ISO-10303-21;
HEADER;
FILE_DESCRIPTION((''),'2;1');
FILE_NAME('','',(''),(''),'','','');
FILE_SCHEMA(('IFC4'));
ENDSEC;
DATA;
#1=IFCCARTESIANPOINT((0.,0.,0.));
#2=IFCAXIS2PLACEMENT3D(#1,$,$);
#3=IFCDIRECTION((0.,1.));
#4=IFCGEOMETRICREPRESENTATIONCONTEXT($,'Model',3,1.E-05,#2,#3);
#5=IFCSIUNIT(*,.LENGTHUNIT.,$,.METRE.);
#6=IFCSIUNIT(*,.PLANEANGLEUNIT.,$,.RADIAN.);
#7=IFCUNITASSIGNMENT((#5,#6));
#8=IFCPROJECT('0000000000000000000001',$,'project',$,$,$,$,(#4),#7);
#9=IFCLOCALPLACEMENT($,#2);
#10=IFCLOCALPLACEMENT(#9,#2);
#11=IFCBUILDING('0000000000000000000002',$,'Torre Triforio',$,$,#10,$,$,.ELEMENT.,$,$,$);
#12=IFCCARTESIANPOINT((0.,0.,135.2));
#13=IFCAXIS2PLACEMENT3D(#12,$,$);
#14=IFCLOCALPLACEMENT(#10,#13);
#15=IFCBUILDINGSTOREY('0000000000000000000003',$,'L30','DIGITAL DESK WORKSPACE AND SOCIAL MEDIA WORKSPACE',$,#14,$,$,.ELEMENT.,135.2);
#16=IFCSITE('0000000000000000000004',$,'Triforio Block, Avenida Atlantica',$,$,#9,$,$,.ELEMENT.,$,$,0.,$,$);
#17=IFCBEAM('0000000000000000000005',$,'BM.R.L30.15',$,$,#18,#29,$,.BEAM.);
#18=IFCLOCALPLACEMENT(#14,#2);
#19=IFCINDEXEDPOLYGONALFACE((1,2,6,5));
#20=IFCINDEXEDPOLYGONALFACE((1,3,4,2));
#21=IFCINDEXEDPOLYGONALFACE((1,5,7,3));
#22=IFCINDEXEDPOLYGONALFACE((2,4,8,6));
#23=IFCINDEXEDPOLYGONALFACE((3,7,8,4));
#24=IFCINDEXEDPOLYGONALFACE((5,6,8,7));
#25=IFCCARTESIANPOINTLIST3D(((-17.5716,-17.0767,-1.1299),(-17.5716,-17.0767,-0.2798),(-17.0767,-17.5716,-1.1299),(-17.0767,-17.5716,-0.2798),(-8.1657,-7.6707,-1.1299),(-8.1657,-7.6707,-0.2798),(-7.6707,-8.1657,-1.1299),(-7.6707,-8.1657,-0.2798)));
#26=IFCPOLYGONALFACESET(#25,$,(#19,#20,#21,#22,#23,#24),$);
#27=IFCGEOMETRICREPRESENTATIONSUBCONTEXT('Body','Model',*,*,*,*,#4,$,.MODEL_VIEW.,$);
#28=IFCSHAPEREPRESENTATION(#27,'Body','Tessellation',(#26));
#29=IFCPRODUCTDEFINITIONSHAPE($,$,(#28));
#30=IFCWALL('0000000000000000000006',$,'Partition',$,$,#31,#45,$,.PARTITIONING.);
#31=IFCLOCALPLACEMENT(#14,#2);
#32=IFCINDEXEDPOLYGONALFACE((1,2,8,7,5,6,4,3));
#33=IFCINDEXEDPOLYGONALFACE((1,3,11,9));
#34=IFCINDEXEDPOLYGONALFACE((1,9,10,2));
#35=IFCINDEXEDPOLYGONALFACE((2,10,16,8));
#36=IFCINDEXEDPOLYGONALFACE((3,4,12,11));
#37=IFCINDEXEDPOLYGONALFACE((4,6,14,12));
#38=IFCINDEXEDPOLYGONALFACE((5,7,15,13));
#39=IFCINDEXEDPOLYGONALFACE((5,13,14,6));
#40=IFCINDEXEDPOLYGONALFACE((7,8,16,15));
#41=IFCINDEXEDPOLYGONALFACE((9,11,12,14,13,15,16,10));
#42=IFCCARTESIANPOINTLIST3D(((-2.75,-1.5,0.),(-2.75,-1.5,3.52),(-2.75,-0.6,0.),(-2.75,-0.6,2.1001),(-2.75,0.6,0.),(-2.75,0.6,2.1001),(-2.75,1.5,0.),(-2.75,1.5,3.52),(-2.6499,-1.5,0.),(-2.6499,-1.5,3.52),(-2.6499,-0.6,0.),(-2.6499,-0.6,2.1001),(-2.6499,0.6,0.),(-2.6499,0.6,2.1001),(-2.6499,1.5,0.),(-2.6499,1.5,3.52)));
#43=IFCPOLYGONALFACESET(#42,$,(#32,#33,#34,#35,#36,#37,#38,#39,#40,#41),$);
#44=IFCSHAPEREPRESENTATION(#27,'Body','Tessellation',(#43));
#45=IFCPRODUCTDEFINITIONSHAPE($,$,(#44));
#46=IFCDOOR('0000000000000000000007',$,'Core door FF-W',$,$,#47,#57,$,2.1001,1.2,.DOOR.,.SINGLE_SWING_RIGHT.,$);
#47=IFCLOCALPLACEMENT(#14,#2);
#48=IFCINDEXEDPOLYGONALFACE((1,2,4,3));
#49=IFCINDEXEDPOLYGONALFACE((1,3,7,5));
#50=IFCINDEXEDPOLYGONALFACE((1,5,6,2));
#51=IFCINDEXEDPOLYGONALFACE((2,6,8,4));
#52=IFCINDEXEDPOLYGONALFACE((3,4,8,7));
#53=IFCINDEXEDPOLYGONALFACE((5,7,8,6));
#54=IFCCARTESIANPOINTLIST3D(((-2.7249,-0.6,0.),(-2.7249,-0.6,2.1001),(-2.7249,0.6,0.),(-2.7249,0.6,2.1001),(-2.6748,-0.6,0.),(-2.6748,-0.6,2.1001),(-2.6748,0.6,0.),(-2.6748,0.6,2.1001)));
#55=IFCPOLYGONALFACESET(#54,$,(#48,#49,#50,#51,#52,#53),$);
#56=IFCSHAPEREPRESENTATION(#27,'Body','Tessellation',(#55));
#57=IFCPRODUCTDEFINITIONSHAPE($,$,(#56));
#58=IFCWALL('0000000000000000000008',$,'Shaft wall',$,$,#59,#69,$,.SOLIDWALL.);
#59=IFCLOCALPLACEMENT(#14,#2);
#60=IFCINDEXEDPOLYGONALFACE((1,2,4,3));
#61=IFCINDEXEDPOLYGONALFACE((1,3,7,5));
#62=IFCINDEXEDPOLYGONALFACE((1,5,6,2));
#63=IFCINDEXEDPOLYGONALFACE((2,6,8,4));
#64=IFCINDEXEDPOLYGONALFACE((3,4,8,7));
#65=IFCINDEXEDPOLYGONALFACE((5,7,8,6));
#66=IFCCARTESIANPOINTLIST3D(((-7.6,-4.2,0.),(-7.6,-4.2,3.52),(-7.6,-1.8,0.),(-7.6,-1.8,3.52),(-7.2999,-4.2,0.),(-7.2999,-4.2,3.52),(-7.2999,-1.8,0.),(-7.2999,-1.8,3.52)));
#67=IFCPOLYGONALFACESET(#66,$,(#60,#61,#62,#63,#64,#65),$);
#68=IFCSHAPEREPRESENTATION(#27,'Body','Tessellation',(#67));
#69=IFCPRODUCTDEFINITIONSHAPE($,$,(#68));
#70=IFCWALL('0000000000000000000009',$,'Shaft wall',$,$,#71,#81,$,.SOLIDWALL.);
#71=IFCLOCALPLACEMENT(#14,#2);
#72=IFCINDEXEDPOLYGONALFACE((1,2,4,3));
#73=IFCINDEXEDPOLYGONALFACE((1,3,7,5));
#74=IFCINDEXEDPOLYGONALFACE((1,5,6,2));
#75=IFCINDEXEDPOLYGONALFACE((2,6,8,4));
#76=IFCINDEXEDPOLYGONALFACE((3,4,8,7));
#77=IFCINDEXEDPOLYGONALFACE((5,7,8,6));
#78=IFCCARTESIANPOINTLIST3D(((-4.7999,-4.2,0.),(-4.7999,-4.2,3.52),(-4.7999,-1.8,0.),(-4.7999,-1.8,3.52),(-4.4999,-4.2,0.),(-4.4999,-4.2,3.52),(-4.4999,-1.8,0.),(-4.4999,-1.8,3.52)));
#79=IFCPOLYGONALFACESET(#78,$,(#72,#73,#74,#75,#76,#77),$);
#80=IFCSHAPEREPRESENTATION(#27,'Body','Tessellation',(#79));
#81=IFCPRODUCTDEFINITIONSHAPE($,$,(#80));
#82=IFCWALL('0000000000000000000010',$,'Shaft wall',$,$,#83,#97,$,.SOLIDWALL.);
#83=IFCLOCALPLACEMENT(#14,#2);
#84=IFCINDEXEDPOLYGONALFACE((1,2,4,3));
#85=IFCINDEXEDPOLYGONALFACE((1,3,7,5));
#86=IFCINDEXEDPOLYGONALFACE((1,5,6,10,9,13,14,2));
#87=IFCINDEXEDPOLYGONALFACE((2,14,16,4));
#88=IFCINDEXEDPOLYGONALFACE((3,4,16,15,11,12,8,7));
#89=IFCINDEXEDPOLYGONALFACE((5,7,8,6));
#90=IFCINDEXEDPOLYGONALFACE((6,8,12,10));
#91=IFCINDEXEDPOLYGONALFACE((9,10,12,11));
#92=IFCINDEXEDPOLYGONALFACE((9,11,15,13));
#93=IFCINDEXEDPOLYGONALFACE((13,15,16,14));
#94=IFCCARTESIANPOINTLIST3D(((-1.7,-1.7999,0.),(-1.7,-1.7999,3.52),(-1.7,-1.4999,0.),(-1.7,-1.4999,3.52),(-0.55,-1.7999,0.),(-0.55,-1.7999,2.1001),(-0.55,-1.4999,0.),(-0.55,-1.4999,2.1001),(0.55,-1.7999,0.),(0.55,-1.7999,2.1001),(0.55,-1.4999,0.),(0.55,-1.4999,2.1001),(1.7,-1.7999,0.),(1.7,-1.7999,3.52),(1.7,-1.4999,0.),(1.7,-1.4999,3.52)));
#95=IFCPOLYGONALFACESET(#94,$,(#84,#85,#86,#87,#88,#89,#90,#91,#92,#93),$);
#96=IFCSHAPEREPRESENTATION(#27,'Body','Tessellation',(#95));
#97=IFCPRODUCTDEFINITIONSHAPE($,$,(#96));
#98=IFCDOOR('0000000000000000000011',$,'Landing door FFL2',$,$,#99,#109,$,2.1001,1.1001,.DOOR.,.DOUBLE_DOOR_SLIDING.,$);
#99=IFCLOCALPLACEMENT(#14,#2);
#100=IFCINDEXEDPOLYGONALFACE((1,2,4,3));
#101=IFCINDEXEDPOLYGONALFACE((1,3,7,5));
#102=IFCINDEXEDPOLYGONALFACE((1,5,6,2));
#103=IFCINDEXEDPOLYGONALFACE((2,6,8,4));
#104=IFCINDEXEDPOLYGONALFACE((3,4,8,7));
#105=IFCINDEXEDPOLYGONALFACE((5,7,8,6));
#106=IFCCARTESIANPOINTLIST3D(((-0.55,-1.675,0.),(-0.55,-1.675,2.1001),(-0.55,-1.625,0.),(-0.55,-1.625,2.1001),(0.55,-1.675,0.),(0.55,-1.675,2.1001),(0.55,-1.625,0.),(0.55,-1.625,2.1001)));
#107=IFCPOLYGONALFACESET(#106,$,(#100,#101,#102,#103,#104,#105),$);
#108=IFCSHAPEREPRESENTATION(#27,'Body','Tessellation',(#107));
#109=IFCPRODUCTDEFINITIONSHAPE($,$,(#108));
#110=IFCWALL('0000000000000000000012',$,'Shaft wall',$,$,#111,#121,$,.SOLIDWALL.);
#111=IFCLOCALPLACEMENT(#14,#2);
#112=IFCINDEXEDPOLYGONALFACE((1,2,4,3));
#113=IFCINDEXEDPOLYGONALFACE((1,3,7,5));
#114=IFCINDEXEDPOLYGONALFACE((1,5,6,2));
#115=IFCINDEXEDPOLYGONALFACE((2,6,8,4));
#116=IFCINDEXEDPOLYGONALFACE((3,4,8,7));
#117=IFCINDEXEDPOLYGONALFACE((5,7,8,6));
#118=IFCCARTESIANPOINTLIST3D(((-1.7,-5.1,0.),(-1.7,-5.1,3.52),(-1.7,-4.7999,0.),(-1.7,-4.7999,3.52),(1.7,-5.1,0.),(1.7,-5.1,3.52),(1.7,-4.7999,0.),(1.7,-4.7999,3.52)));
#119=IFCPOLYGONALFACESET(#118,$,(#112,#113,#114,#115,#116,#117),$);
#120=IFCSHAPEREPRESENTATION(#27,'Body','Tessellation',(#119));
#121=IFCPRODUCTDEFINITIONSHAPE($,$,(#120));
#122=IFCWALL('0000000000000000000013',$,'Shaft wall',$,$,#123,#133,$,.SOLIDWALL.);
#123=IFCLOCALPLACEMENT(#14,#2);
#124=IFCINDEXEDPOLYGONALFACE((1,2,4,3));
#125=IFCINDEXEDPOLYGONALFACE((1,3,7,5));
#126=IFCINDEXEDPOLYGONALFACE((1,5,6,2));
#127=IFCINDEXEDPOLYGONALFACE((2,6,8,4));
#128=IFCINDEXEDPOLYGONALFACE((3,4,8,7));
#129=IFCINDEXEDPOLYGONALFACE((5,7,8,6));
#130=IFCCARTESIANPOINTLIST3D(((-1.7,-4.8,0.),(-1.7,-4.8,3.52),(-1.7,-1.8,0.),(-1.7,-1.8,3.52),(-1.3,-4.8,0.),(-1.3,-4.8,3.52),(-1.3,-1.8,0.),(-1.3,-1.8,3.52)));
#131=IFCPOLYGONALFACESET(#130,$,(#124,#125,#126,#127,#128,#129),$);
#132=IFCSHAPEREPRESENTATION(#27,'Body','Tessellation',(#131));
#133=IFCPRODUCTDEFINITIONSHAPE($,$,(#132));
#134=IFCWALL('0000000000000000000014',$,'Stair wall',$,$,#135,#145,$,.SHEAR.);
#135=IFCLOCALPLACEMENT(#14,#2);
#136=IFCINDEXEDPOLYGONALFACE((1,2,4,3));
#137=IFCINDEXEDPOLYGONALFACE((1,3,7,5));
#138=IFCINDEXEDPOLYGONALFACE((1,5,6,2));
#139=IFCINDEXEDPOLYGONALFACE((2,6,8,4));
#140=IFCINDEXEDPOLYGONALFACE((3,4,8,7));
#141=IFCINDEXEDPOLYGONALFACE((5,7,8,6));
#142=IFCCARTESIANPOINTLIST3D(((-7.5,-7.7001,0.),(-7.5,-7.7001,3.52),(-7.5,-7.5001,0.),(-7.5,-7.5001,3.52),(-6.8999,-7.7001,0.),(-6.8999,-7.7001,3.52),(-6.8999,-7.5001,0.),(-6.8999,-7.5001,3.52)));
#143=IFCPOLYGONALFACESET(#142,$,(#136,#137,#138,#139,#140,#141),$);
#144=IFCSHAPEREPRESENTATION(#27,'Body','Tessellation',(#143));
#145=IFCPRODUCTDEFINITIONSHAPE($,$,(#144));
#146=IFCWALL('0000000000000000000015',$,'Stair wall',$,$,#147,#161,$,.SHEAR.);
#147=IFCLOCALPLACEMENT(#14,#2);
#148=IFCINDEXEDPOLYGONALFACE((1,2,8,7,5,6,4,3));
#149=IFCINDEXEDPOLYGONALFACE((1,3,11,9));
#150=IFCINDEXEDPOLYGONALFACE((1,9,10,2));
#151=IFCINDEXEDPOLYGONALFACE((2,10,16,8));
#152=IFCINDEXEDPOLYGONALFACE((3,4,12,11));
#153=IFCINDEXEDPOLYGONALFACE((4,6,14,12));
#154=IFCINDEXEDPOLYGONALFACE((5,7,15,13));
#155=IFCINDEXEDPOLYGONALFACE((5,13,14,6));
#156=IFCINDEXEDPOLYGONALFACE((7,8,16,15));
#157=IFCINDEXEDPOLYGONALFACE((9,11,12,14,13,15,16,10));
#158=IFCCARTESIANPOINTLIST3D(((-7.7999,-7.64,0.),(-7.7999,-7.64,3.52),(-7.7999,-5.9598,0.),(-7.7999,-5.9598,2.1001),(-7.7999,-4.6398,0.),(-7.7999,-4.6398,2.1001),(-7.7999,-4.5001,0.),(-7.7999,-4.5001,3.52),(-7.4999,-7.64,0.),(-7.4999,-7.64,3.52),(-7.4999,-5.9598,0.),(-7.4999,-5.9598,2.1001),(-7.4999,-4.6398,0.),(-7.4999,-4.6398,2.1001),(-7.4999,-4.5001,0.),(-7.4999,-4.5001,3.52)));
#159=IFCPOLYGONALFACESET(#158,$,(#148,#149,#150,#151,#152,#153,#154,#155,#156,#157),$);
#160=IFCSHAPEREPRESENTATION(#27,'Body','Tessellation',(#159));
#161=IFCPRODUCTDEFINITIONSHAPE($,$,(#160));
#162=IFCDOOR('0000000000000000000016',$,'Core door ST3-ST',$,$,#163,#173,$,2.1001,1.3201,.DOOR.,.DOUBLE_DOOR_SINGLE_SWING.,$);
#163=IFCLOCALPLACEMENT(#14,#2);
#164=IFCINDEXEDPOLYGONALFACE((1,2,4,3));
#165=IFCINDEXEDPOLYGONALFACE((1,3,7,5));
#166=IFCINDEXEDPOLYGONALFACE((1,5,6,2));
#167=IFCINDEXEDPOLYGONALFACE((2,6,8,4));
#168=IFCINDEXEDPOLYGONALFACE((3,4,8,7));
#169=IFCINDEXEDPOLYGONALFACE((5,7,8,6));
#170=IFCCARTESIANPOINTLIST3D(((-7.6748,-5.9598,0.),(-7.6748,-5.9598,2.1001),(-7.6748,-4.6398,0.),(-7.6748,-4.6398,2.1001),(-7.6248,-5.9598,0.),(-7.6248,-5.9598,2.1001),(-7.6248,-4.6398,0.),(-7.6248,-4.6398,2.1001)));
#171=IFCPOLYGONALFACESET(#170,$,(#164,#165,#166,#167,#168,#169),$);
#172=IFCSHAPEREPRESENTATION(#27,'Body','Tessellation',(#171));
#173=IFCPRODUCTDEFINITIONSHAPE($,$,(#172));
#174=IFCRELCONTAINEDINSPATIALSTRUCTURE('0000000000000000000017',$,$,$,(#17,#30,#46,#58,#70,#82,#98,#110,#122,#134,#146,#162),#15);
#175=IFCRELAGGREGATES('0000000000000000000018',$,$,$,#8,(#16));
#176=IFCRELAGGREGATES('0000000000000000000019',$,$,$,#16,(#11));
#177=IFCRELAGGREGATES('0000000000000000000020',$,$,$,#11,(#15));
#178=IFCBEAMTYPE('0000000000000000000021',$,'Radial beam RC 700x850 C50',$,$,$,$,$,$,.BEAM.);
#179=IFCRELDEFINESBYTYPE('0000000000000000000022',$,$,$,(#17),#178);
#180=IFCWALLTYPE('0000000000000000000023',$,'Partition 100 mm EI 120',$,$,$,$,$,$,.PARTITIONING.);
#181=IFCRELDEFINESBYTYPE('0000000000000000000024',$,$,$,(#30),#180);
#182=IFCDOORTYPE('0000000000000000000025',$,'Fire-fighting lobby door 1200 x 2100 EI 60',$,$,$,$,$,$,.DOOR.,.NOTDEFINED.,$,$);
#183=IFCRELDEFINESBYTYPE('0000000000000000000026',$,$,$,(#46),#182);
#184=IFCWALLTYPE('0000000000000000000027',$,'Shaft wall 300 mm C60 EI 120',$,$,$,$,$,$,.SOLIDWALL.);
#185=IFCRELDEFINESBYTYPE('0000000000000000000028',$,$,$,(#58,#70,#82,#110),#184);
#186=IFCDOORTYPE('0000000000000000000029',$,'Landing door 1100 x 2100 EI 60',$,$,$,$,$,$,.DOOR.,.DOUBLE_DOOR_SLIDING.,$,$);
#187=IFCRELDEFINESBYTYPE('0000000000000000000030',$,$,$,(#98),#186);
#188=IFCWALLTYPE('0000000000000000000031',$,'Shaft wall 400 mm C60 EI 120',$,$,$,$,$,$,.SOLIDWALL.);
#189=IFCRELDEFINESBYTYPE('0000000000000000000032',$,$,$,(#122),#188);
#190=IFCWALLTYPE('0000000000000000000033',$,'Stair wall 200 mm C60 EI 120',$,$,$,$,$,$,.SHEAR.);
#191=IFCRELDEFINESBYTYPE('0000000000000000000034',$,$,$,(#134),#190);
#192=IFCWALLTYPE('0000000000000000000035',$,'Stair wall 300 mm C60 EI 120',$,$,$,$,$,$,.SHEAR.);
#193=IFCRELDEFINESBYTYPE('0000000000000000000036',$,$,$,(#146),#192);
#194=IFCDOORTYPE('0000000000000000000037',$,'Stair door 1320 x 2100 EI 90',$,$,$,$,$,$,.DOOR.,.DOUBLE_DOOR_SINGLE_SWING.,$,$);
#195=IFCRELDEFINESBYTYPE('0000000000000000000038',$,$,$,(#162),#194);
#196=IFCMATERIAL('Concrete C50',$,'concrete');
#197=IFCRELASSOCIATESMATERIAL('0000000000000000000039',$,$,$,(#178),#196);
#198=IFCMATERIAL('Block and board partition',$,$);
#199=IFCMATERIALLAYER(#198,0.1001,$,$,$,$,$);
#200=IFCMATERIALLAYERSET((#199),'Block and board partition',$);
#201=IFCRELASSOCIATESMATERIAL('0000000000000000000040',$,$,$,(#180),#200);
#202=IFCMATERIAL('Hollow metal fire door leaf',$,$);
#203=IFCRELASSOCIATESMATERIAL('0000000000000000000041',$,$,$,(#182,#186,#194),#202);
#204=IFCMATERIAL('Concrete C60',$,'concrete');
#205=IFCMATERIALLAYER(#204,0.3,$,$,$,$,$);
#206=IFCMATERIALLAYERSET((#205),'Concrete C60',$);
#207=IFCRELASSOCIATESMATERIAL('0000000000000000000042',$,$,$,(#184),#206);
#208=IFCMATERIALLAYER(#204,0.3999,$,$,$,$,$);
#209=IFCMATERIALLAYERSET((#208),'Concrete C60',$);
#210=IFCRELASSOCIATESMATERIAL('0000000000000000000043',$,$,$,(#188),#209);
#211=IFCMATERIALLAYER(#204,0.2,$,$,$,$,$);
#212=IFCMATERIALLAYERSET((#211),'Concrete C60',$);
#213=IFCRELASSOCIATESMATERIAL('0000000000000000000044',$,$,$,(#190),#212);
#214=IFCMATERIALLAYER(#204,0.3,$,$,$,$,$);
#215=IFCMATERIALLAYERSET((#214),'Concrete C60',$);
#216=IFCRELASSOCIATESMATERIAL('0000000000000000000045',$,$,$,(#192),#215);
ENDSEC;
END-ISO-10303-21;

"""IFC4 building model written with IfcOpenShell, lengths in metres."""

from ifc_helpers import new_model, si_unit, direction, frame, frame_2d, origin, origin_2d, place, context, subcontext, project, spatial, rectangle, extrude, material, layer, layer_set, material_profile, profile_set, type_object, element, fill, save


model = new_model("IFC4")

# Units and contexts
model_context = context("Model", 3, precision=1e-05, world=origin(), true_north=direction((0.0, 1.0)))
body_context = subcontext(model_context, "Body", "Model", "MODEL_VIEW")
ifc_project = project(units=[si_unit("LENGTHUNIT", "METRE"), si_unit("PLANEANGLEUNIT", "RADIAN")], contexts=[model_context])

# Site, building, storey
site_placement = place(None, origin())
site = spatial("IfcSite", under=ifc_project, at=site_placement, Name="Triforio Block, Avenida Atlantica", CompositionType="ELEMENT", RefElevation=0.0)
building_placement = place(site_placement, origin())
building = spatial("IfcBuilding", under=site, at=building_placement, Name="Torre Triforio", CompositionType="ELEMENT")
storey_placement = place(building_placement, frame((0.0, 0.0, 135.2)))
storey = spatial("IfcBuildingStorey", under=building, at=storey_placement, Name="L30", Description="DIGITAL DESK WORKSPACE AND SOCIAL MEDIA WORKSPACE", CompositionType="ELEMENT", Elevation=135.2)

# Beam
ifc_material_1 = material(Name="Concrete C50", Category="concrete")
ifc_material_profile = material_profile(ifc_material_1, rectangle(XDim=0.7, YDim=0.8501, at=origin_2d()), Name="RC 700x850")
ifc_profile_set = profile_set([ifc_material_profile], Name="Concrete C50")
beam_type = type_object("IfcBeamType", Name="Radial beam RC 700x850 C50", PredefinedType="BEAM", material=ifc_profile_set)
beam_placement = place(storey_placement, frame((-7.9182, -7.9182, -0.7048), z_axis=(-0.707107, -0.707107, 0.0), x_axis=(0.707107, -0.707107, 0.0)))
element("IfcBeam", 1, at=beam_placement, inside=storey, type_object=beam_type, Name="BM.R.L30.15", PredefinedType="BEAM", context=body_context, shape_type="SweptSolid", body=[
    extrude(rectangle(XDim=0.7, YDim=0.8501, at=origin_2d()), origin(), (0.0, 0.0, 1.0), 13.302),
])

# Wall, opening, door
ifc_material_2 = material(Name="Block and board partition")
ifc_layer_1 = layer(ifc_material_2, 0.1001)
ifc_layer_set_1 = layer_set([ifc_layer_1], Name="Block and board partition")
wall_type_1 = type_object("IfcWallType", Name="Partition 100 mm EI 120", PredefinedType="PARTITIONING", material=ifc_layer_set_1)
wall_1_placement = place(storey_placement, frame((-2.7, -1.5, 0.0), z_axis=(0.0, 0.0, 1.0), x_axis=(0.0, 1.0, 0.0)))
wall_1 = element("IfcWall", 2, at=wall_1_placement, inside=storey, type_object=wall_type_1, Name="Partition", PredefinedType="PARTITIONING", context=body_context, shape_type="SweptSolid", body=[
    extrude(rectangle(XDim=3.0, YDim=0.1001, at=frame_2d((1.5, 0.0))), origin(), (0.0, 0.0, 1.0), 3.52),
])
opening_1_placement = place(wall_1_placement, frame((0.8999, 0.0, 0.0)))
opening_1 = element("IfcOpeningElement", 3, at=opening_1_placement, cuts=wall_1, PredefinedType="OPENING", context=body_context, shape_type="SweptSolid", body=[
    extrude(rectangle(XDim=1.2, YDim=2.1001, at=frame_2d((0.6001, 1.05))), frame((0.0, 0.0601, 0.0), z_axis=(0.0, -1.0, 0.0), x_axis=(1.0, 0.0, 0.0)), (0.0, 0.0, 1.0), 0.1201),
])
ifc_material_3 = material(Name="Hollow metal fire door leaf")
door_type_1 = type_object("IfcDoorType", Name="Fire-fighting lobby door 1200 x 2100 EI 60", OperationType="NOTDEFINED", PredefinedType="DOOR", material=ifc_material_3)
door_1_placement = place(opening_1_placement, origin())
door_1 = element("IfcDoor", 4, at=door_1_placement, inside=storey, type_object=door_type_1, Name="Core door FF-W", OperationType="SINGLE_SWING_RIGHT", OverallHeight=2.1001, OverallWidth=1.2, PredefinedType="DOOR", context=body_context, shape_type="SweptSolid", body=[
    extrude(rectangle(XDim=1.2, YDim=2.1001, at=frame_2d((0.6001, 1.05))), frame((0.0, 0.0249, 0.0), z_axis=(0.0, -1.0, 0.0), x_axis=(1.0, 0.0, 0.0)), (0.0, 0.0, 1.0), 0.05),
])
fill(opening_1, door_1)

# Walls
ifc_material_4 = material(Name="Concrete C60", Category="concrete")
ifc_layer_2 = layer(ifc_material_4, 0.3)
ifc_layer_set_2 = layer_set([ifc_layer_2], Name="Concrete C60")
wall_type_2 = type_object("IfcWallType", Name="Shaft wall 300 mm C60 EI 120", PredefinedType="SOLIDWALL", material=ifc_layer_set_2)
for number, where, z_axis, x_axis, name in (
    (5, (-7.45, -4.2, 0.0), (0.0, 0.0, 1.0), (0.0, 1.0, 0.0), "Shaft wall"),
    (6, (-4.6499, -4.2, 0.0), (0.0, 0.0, 1.0), (0.0, 1.0, 0.0), "Shaft wall"),
):
    element("IfcWall", number, at=place(storey_placement, frame(where, z_axis=z_axis, x_axis=x_axis)), inside=storey, type_object=wall_type_2, Name=name, PredefinedType="SOLIDWALL", context=body_context, shape_type="SweptSolid", body=[
        extrude(rectangle(XDim=2.3999, YDim=0.3, at=frame_2d((1.2, 0.0))), origin(), (0.0, 0.0, 1.0), 3.52),
    ])

# Wall, opening, door
wall_2_placement = place(storey_placement, frame((-1.7, -1.6499, 0.0), z_axis=(0.0, 0.0, 1.0), x_axis=(1.0, 0.0, 0.0)))
wall_2 = element("IfcWall", 7, at=wall_2_placement, inside=storey, type_object=wall_type_2, Name="Shaft wall", PredefinedType="SOLIDWALL", context=body_context, shape_type="SweptSolid", body=[
    extrude(rectangle(XDim=3.3999, YDim=0.3, at=frame_2d((1.7, 0.0))), origin(), (0.0, 0.0, 1.0), 3.52),
])
opening_2_placement = place(wall_2_placement, frame((1.1499, 0.0, 0.0)))
opening_2 = element("IfcOpeningElement", 8, at=opening_2_placement, cuts=wall_2, PredefinedType="OPENING", context=body_context, shape_type="SweptSolid", body=[
    extrude(rectangle(XDim=1.1001, YDim=2.1001, at=frame_2d((0.55, 1.05))), frame((0.0, 0.1599, 0.0), z_axis=(0.0, -1.0, 0.0), x_axis=(1.0, 0.0, 0.0)), (0.0, 0.0, 1.0), 0.3201),
])
door_type_2 = type_object("IfcDoorType", Name="Landing door 1100 x 2100 EI 60", OperationType="DOUBLE_DOOR_SLIDING", PredefinedType="DOOR", material=ifc_material_3)
door_2_placement = place(opening_2_placement, origin())
door_2 = element("IfcDoor", 9, at=door_2_placement, inside=storey, type_object=door_type_2, Name="Landing door FFL2", OperationType="DOUBLE_DOOR_SLIDING", OverallHeight=2.1001, OverallWidth=1.1001, PredefinedType="DOOR", context=body_context, shape_type="SweptSolid", body=[
    extrude(rectangle(XDim=1.1001, YDim=2.1001, at=frame_2d((0.55, 1.05))), frame((0.0, 0.0249, 0.0), z_axis=(0.0, -1.0, 0.0), x_axis=(1.0, 0.0, 0.0)), (0.0, 0.0, 1.0), 0.05),
])
fill(opening_2, door_2)

# Walls
wall_3_placement = place(storey_placement, frame((-1.7, -4.95, 0.0), z_axis=(0.0, 0.0, 1.0), x_axis=(1.0, 0.0, 0.0)))
element("IfcWall", 10, at=wall_3_placement, inside=storey, type_object=wall_type_2, Name="Shaft wall", PredefinedType="SOLIDWALL", context=body_context, shape_type="SweptSolid", body=[
    extrude(rectangle(XDim=3.3999, YDim=0.3, at=frame_2d((1.7, 0.0))), origin(), (0.0, 0.0, 1.0), 3.52),
])
ifc_layer_3 = layer(ifc_material_4, 0.3999)
ifc_layer_set_3 = layer_set([ifc_layer_3], Name="Concrete C60")
wall_type_3 = type_object("IfcWallType", Name="Shaft wall 400 mm C60 EI 120", PredefinedType="SOLIDWALL", material=ifc_layer_set_3)
wall_4_placement = place(storey_placement, frame((-1.5, -4.8, 0.0), z_axis=(0.0, 0.0, 1.0), x_axis=(0.0, 1.0, 0.0)))
element("IfcWall", 11, at=wall_4_placement, inside=storey, type_object=wall_type_3, Name="Shaft wall", PredefinedType="SOLIDWALL", context=body_context, shape_type="SweptSolid", body=[
    extrude(rectangle(XDim=3.0, YDim=0.3999, at=frame_2d((1.5, 0.0))), origin(), (0.0, 0.0, 1.0), 3.52),
])
ifc_layer_4 = layer(ifc_material_4, 0.2)
ifc_layer_set_4 = layer_set([ifc_layer_4], Name="Concrete C60")
wall_type_4 = type_object("IfcWallType", Name="Stair wall 200 mm C60 EI 120", PredefinedType="SHEAR", material=ifc_layer_set_4)
wall_5_placement = place(storey_placement, frame((-7.5, -7.6001, 0.0), z_axis=(0.0, 0.0, 1.0), x_axis=(1.0, 0.0, 0.0)))
element("IfcWall", 12, at=wall_5_placement, inside=storey, type_object=wall_type_4, Name="Stair wall", PredefinedType="SHEAR", context=body_context, shape_type="SweptSolid", body=[
    extrude(rectangle(XDim=0.6001, YDim=0.2, at=frame_2d((0.3, 0.0))), origin(), (0.0, 0.0, 1.0), 3.52),
])

# Wall, opening, door
ifc_layer_5 = layer(ifc_material_4, 0.3)
ifc_layer_set_5 = layer_set([ifc_layer_5], Name="Concrete C60")
wall_type_5 = type_object("IfcWallType", Name="Stair wall 300 mm C60 EI 120", PredefinedType="SHEAR", material=ifc_layer_set_5)
wall_6_placement = place(storey_placement, frame((-7.6499, -7.6399, 0.0), z_axis=(0.0, 0.0, 1.0), x_axis=(0.0, 1.0, 0.0)))
wall_6 = element("IfcWall", 13, at=wall_6_placement, inside=storey, type_object=wall_type_5, Name="Stair wall", PredefinedType="SHEAR", context=body_context, shape_type="SweptSolid", body=[
    extrude(rectangle(XDim=3.1399, YDim=0.3, at=frame_2d((1.5698, 0.0))), origin(), (0.0, 0.0, 1.0), 3.52),
])
opening_3_placement = place(wall_6_placement, frame((1.6799, 0.0, 0.0)))
opening_3 = element("IfcOpeningElement", 14, at=opening_3_placement, cuts=wall_6, PredefinedType="OPENING", context=body_context, shape_type="SweptSolid", body=[
    extrude(rectangle(XDim=1.3201, YDim=2.1001, at=frame_2d((0.6602, 1.05))), frame((0.0, 0.1599, 0.0), z_axis=(0.0, -1.0, 0.0), x_axis=(1.0, 0.0, 0.0)), (0.0, 0.0, 1.0), 0.3201),
])
door_type_3 = type_object("IfcDoorType", Name="Stair door 1320 x 2100 EI 90", OperationType="DOUBLE_DOOR_SINGLE_SWING", PredefinedType="DOOR", material=ifc_material_3)
door_3_placement = place(opening_3_placement, origin())
door_3 = element("IfcDoor", 15, at=door_3_placement, inside=storey, type_object=door_type_3, Name="Core door ST3-ST", OperationType="DOUBLE_DOOR_SINGLE_SWING", OverallHeight=2.1001, OverallWidth=1.3201, PredefinedType="DOOR", context=body_context, shape_type="SweptSolid", body=[
    extrude(rectangle(XDim=1.3201, YDim=2.1001, at=frame_2d((0.6602, 1.05))), frame((0.0, 0.0249, 0.0), z_axis=(0.0, -1.0, 0.0), x_axis=(1.0, 0.0, 0.0)), (0.0, 0.0, 1.0), 0.05),
])
fill(opening_3, door_3)

save(model, "model.ifc")
